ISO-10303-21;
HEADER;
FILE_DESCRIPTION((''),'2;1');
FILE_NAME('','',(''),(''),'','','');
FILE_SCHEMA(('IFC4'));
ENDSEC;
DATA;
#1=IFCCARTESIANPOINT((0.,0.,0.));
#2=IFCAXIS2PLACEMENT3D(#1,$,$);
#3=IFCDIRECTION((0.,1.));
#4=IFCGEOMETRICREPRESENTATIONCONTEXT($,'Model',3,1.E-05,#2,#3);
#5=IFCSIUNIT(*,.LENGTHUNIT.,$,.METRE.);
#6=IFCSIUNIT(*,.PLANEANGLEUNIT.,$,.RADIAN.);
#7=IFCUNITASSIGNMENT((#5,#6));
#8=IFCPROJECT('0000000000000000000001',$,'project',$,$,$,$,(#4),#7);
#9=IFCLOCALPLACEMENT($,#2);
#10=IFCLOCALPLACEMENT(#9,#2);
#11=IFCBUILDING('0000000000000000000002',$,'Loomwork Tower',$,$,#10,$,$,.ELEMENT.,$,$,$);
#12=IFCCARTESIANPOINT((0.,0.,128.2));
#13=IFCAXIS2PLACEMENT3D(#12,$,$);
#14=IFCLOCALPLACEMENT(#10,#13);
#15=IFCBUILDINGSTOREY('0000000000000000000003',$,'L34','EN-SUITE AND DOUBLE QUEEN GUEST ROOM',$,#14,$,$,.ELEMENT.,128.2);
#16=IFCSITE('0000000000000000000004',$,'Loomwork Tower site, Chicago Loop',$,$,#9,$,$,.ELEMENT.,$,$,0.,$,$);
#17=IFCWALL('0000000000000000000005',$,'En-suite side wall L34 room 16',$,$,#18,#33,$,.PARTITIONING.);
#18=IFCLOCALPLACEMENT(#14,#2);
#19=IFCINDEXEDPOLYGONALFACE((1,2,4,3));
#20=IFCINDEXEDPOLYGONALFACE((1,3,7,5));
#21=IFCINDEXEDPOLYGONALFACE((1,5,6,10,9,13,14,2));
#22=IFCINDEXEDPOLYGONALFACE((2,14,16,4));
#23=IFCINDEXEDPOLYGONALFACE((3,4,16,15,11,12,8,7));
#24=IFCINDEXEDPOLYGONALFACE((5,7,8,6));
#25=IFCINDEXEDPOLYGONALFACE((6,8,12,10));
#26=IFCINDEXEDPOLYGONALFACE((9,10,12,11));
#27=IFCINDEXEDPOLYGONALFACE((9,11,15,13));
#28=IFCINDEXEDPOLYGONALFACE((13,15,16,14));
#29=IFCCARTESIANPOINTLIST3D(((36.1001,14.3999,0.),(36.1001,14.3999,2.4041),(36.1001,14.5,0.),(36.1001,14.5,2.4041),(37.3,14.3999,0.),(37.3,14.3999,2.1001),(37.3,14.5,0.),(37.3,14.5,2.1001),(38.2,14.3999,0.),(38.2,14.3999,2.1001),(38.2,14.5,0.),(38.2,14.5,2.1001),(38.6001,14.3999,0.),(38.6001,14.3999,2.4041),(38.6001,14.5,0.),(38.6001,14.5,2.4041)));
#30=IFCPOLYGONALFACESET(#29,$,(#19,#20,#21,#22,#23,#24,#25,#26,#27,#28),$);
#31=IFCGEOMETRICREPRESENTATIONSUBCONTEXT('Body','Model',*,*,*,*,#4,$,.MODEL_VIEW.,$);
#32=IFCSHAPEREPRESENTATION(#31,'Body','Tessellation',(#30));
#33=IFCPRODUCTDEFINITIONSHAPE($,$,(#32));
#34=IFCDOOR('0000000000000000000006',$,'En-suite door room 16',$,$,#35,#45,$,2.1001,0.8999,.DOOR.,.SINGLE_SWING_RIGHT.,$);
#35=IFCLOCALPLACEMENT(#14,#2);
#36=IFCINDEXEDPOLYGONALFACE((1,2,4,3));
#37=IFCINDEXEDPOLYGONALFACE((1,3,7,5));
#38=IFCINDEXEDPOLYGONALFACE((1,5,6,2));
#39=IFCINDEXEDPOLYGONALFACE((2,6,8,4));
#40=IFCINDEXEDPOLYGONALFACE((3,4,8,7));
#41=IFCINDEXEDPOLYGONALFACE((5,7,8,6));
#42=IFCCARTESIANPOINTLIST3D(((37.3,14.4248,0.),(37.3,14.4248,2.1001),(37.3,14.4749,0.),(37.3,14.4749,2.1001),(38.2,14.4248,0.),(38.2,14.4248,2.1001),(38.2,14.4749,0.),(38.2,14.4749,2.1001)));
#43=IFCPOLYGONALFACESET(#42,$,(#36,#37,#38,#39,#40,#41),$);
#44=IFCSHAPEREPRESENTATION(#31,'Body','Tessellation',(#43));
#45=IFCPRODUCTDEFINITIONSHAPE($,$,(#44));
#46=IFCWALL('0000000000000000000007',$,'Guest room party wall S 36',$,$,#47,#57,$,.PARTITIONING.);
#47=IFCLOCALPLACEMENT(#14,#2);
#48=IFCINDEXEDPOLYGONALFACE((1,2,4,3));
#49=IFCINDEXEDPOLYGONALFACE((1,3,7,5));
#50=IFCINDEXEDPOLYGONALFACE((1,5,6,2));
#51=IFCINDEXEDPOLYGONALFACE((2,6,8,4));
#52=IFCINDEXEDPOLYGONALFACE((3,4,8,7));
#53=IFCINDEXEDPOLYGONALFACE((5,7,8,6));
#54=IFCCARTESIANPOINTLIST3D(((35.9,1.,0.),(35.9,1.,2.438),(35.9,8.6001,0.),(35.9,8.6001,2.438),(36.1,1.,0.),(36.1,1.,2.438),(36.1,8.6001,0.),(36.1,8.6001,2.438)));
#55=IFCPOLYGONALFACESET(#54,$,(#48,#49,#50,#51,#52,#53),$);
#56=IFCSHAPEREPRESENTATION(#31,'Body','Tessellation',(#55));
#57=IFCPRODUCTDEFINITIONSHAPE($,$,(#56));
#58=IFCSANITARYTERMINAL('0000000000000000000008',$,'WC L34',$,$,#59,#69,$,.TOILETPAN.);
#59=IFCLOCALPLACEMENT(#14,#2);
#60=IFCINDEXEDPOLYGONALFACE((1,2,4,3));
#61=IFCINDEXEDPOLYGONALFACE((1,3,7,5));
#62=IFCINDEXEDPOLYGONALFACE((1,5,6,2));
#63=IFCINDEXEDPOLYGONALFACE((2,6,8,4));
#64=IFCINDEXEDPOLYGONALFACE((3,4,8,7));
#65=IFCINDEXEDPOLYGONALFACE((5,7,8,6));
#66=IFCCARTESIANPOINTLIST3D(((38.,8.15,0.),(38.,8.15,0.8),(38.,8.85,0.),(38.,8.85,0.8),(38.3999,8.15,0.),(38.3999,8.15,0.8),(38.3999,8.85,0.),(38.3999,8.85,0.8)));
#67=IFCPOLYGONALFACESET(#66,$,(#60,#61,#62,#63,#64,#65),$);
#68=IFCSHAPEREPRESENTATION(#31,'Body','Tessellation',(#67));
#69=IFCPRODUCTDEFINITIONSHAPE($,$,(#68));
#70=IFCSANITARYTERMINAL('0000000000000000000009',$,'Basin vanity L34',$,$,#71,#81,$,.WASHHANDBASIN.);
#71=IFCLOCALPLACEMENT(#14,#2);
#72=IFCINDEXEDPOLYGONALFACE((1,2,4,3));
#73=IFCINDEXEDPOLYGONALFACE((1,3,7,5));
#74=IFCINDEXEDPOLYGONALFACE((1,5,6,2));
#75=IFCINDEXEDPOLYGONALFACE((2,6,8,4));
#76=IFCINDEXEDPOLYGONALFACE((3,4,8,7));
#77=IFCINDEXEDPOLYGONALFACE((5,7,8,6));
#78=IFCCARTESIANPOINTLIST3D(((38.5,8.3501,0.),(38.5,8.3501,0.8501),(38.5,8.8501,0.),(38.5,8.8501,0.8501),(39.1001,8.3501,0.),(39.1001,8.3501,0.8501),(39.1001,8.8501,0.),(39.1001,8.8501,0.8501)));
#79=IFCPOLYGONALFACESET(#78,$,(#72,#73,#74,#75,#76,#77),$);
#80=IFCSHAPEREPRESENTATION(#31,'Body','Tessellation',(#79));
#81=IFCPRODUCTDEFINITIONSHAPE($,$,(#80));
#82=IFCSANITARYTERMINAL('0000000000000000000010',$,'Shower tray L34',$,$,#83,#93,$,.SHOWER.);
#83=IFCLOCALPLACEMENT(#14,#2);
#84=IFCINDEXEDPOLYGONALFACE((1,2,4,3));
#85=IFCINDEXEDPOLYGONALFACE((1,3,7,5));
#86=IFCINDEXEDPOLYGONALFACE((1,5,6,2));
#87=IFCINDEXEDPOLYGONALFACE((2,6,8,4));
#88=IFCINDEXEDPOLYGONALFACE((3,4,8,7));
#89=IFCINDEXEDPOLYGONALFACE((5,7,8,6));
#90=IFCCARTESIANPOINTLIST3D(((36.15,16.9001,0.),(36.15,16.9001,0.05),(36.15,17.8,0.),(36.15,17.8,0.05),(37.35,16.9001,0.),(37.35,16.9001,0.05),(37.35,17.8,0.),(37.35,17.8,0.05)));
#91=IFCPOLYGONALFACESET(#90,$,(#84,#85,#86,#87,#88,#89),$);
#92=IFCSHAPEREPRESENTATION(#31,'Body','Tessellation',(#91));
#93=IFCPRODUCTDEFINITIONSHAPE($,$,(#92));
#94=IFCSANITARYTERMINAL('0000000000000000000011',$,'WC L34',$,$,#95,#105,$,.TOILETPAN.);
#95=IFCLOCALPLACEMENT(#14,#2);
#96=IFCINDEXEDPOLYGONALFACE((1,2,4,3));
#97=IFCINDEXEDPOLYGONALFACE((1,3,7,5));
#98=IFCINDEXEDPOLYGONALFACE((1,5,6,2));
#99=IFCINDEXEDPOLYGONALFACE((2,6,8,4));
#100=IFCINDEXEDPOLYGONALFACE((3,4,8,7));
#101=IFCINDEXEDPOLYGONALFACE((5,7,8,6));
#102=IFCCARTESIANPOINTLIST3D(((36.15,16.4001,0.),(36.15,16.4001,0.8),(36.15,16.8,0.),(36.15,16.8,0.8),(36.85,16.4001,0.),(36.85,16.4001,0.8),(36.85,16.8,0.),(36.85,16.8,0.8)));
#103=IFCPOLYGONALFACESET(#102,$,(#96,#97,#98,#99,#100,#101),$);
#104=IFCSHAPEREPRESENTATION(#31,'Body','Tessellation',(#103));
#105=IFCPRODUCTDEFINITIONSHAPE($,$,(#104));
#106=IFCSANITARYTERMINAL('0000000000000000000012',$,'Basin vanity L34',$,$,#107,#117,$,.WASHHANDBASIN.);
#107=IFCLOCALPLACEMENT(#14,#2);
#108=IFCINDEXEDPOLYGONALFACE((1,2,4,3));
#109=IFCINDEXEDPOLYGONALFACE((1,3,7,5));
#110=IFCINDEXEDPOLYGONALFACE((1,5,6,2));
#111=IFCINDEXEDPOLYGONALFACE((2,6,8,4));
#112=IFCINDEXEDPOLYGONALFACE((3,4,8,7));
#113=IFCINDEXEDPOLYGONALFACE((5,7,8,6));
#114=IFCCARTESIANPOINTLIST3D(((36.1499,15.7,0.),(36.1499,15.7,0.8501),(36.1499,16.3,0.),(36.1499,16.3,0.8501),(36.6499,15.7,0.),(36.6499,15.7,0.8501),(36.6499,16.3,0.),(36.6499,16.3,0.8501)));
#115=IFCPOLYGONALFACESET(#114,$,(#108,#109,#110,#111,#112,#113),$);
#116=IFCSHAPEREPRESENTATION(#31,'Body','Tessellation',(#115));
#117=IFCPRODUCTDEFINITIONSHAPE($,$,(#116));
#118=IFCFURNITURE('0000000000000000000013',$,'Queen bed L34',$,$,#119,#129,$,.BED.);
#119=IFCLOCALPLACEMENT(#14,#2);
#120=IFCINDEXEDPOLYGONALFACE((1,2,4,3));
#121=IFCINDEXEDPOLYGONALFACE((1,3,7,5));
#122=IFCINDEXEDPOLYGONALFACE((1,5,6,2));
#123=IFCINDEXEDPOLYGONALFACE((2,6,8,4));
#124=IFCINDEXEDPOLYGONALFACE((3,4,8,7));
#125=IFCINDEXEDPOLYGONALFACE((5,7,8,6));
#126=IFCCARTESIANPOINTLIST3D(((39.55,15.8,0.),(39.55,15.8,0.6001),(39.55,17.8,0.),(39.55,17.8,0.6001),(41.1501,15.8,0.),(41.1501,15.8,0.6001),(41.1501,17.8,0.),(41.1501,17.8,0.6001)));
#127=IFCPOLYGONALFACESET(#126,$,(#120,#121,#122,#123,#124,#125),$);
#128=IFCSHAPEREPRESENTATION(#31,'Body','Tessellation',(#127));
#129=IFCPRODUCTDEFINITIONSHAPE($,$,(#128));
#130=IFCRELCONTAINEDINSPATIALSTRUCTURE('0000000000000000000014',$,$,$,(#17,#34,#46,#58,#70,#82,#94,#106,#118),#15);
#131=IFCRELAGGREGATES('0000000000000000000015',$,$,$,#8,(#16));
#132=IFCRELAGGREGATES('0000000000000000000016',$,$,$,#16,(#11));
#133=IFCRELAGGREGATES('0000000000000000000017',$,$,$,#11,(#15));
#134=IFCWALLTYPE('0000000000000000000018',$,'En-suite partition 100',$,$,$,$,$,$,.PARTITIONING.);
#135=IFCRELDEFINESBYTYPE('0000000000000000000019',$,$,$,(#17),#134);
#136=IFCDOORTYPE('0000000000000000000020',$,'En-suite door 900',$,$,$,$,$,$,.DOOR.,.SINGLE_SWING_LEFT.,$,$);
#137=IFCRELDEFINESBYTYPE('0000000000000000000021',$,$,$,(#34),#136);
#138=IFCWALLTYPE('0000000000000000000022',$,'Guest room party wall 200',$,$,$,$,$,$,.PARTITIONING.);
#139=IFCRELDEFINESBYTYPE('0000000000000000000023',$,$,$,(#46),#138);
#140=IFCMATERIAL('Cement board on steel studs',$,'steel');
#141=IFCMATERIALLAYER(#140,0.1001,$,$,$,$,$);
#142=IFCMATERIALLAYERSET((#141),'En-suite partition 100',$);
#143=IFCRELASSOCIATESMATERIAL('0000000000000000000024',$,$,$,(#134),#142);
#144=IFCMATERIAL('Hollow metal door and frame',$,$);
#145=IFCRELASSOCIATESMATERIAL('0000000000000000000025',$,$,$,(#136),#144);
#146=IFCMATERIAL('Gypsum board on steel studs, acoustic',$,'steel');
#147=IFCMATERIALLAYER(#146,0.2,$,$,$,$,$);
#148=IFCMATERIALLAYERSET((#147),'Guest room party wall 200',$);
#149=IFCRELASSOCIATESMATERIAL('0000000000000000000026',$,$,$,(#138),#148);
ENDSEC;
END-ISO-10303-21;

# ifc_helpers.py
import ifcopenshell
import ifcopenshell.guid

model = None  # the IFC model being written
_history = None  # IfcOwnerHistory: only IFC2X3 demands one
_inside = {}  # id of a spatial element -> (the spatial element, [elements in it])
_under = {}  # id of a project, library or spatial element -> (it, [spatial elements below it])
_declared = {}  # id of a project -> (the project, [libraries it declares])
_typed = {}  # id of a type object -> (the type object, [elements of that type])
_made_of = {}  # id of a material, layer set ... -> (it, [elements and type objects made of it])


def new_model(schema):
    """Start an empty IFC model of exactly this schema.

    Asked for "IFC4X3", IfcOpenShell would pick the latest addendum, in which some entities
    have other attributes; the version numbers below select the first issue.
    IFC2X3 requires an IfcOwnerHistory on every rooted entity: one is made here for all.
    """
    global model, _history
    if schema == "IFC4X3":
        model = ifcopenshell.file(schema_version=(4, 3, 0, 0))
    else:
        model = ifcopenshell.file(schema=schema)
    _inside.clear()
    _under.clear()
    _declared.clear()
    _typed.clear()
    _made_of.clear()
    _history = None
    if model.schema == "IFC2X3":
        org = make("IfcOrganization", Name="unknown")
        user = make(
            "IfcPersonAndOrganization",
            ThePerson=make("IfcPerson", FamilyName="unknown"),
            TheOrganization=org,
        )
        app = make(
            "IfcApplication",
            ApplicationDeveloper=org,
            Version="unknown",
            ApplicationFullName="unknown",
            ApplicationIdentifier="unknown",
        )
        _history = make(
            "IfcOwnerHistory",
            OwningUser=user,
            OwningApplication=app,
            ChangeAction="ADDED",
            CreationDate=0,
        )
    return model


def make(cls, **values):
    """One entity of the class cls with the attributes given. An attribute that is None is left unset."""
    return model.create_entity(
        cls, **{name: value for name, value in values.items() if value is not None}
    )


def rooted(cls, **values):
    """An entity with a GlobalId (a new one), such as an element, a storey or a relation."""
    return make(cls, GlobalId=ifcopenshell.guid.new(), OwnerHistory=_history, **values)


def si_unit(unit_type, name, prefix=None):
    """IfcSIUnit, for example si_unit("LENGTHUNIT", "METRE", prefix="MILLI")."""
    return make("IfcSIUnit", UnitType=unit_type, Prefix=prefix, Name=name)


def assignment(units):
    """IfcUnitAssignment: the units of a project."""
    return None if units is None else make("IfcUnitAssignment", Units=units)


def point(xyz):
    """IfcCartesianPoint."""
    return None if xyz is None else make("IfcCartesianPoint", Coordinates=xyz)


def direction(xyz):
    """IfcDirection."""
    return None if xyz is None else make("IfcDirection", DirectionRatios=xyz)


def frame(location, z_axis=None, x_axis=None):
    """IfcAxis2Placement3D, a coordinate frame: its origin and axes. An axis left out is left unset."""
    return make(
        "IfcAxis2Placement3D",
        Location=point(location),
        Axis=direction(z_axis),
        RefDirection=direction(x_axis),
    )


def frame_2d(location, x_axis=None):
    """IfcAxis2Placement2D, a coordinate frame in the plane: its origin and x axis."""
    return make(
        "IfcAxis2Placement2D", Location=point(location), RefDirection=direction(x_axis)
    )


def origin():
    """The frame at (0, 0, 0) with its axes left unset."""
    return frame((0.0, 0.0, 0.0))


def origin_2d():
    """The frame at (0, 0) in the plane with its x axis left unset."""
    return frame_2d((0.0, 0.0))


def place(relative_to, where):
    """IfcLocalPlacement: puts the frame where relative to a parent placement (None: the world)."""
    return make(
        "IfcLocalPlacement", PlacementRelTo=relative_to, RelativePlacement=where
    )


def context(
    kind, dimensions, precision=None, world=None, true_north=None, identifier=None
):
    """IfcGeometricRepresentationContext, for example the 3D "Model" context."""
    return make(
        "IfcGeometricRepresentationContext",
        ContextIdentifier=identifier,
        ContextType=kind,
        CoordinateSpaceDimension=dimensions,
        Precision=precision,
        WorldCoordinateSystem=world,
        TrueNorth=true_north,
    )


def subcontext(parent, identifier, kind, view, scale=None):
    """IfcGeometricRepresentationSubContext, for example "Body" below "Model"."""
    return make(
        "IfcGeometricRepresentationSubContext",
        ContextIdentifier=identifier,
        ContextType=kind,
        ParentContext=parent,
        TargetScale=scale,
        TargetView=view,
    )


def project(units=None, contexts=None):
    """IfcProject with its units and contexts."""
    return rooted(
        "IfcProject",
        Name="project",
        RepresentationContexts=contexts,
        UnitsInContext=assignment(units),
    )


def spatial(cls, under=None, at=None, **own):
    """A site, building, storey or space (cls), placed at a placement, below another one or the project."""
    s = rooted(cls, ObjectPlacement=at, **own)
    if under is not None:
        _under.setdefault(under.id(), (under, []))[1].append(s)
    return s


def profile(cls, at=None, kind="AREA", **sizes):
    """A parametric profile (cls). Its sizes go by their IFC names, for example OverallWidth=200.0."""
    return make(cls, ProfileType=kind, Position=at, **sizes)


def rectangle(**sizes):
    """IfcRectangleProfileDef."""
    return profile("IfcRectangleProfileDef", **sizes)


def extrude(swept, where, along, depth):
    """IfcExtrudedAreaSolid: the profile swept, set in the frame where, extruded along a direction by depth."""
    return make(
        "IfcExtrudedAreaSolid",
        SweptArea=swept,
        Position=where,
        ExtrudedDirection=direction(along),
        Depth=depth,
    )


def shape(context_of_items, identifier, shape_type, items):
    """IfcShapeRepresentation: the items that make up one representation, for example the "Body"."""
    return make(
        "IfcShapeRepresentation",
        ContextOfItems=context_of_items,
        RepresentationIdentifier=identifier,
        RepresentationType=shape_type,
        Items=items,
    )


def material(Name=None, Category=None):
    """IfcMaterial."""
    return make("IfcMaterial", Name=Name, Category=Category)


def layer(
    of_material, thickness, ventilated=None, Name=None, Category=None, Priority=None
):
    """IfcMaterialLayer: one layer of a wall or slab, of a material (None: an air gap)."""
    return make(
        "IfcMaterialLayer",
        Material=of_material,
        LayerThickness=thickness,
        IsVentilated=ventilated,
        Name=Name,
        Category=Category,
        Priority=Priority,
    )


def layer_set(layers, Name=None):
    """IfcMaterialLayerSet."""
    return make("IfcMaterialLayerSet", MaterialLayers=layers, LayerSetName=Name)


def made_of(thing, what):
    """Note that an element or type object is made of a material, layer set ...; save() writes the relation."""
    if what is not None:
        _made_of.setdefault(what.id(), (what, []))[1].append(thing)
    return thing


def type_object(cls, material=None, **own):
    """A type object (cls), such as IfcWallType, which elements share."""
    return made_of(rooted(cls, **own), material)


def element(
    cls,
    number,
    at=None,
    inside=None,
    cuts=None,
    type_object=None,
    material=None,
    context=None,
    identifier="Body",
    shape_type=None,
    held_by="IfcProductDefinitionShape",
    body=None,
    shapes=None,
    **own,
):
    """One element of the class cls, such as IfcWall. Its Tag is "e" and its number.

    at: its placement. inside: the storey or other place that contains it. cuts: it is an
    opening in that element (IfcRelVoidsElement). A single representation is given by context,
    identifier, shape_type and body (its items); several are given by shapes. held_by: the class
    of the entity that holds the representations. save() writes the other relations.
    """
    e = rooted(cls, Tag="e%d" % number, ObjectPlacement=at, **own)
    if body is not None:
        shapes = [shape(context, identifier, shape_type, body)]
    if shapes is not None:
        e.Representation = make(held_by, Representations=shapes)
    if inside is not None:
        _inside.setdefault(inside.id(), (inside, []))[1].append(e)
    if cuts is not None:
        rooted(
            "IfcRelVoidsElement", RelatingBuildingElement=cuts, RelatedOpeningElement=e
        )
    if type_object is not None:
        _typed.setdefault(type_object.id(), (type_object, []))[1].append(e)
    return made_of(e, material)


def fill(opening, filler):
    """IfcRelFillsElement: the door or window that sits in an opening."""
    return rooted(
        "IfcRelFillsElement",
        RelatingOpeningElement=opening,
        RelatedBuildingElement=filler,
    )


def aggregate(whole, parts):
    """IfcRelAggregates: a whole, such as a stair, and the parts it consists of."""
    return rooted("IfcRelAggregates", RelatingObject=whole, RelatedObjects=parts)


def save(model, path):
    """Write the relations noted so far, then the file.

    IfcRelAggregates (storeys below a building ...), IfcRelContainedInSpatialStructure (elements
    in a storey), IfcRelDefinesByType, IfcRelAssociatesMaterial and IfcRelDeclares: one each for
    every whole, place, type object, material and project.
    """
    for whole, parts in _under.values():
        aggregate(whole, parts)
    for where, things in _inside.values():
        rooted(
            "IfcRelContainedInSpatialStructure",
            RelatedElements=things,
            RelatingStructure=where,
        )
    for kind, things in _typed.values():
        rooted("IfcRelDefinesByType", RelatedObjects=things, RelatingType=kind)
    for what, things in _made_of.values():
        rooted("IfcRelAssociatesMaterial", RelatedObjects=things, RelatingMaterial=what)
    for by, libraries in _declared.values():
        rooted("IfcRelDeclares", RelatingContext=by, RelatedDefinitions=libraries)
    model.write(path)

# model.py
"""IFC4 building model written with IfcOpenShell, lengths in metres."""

from ifc_helpers import new_model, si_unit, direction, frame, frame_2d, origin, origin_2d, place, context, subcontext, project, spatial, rectangle, extrude, material, layer, layer_set, type_object, element, fill, save


model = new_model("IFC4")

# Units and contexts
model_context = context("Model", 3, precision=1e-05, world=origin(), true_north=direction((0.0, 1.0)))
body_context = subcontext(model_context, "Body", "Model", "MODEL_VIEW")
ifc_project = project(units=[si_unit("LENGTHUNIT", "METRE"), si_unit("PLANEANGLEUNIT", "RADIAN")], contexts=[model_context])

# Site, building, storey
site_placement = place(None, origin())
site = spatial("IfcSite", under=ifc_project, at=site_placement, Name="Loomwork Tower site, Chicago Loop", CompositionType="ELEMENT", RefElevation=0.0)
building_placement = place(site_placement, origin())
building = spatial("IfcBuilding", under=site, at=building_placement, Name="Loomwork Tower", CompositionType="ELEMENT")
storey_placement = place(building_placement, frame((0.0, 0.0, 128.2)))
storey = spatial("IfcBuildingStorey", under=building, at=storey_placement, Name="L34", Description="EN-SUITE AND DOUBLE QUEEN GUEST ROOM", CompositionType="ELEMENT", Elevation=128.2)

# Shared definitions
ifc_material_1 = material(Name="Cement board on steel studs", Category="steel")
ifc_layer_1 = layer(ifc_material_1, 0.1001)
ifc_layer_set_1 = layer_set([ifc_layer_1], Name="En-suite partition 100")
wall_type_1 = type_object("IfcWallType", Name="En-suite partition 100", PredefinedType="PARTITIONING", material=ifc_layer_set_1)
ifc_material_2 = material(Name="Hollow metal door and frame")
door_type_1 = type_object("IfcDoorType", Name="En-suite door 900", OperationType="SINGLE_SWING_LEFT", PredefinedType="DOOR", material=ifc_material_2)

# Wall, opening, door
wall_1_placement = place(storey_placement, frame((36.1001, 14.45, 0.0), z_axis=(0.0, 0.0, 1.0), x_axis=(1.0, 0.0, 0.0)))
wall_1 = element("IfcWall", 1, at=wall_1_placement, inside=storey, type_object=wall_type_1, Name="En-suite side wall L34 room 16", PredefinedType="PARTITIONING", context=body_context, shape_type="SweptSolid", body=[
    extrude(rectangle(XDim=2.5, YDim=0.1001, at=frame_2d((1.25, 0.0))), origin(), (0.0, 0.0, 1.0), 2.4041),
])
opening_1_placement = place(wall_1_placement, frame((1.2, 0.0, 0.0)))
opening_1 = element("IfcOpeningElement", 2, at=opening_1_placement, cuts=wall_1, PredefinedType="OPENING", context=body_context, shape_type="SweptSolid", body=[
    extrude(rectangle(XDim=0.8999, YDim=2.1001, at=frame_2d((0.45, 1.05))), frame((0.0, 0.0601, 0.0), z_axis=(0.0, -1.0, 0.0), x_axis=(1.0, 0.0, 0.0)), (0.0, 0.0, 1.0), 0.1201),
])
door_1_placement = place(opening_1_placement, origin())
door_1 = element("IfcDoor", 3, at=door_1_placement, inside=storey, type_object=door_type_1, Name="En-suite door room 16", OperationType="SINGLE_SWING_RIGHT", OverallHeight=2.1001, OverallWidth=0.8999, PredefinedType="DOOR", context=body_context, shape_type="SweptSolid", body=[
    extrude(rectangle(XDim=0.8999, YDim=2.1001, at=frame_2d((0.45, 1.05))), frame((0.0, 0.0249, 0.0), z_axis=(0.0, -1.0, 0.0), x_axis=(1.0, 0.0, 0.0)), (0.0, 0.0, 1.0), 0.05),
])
fill(opening_1, door_1)

# Wall
ifc_material_3 = material(Name="Gypsum board on steel studs, acoustic", Category="steel")
ifc_layer_2 = layer(ifc_material_3, 0.2)
ifc_layer_set_2 = layer_set([ifc_layer_2], Name="Guest room party wall 200")
wall_type_2 = type_object("IfcWallType", Name="Guest room party wall 200", PredefinedType="PARTITIONING", material=ifc_layer_set_2)
wall_2_placement = place(storey_placement, frame((36.0, 8.6001, 0.0), z_axis=(0.0, 0.0, 1.0), x_axis=(0.0, -1.0, 0.0)))
element("IfcWall", 4, at=wall_2_placement, inside=storey, type_object=wall_type_2, Name="Guest room party wall S 36", PredefinedType="PARTITIONING", context=body_context, shape_type="SweptSolid", body=[
    extrude(rectangle(XDim=7.6001, YDim=0.2, at=frame_2d((3.8, 0.0))), origin(), (0.0, 0.0, 1.0), 2.438),
])

# Sanitary terminals
sanitary_terminal_1_placement = place(storey_placement, frame((38.2, 8.5, 0.0), z_axis=(0.0, 0.0, 1.0), x_axis=(1.0, 0.0, 0.0)))
element("IfcSanitaryTerminal", 5, at=sanitary_terminal_1_placement, inside=storey, Name="WC L34", PredefinedType="TOILETPAN", context=body_context, shape_type="SweptSolid", body=[
    extrude(rectangle(XDim=0.3999, YDim=0.7, at=origin_2d()), origin(), (0.0, 0.0, 1.0), 0.8),
])
sanitary_terminal_2_placement = place(storey_placement, frame((38.8, 8.6001, 0.0), z_axis=(0.0, 0.0, 1.0), x_axis=(1.0, 0.0, 0.0)))
element("IfcSanitaryTerminal", 6, at=sanitary_terminal_2_placement, inside=storey, Name="Basin vanity L34", PredefinedType="WASHHANDBASIN", context=body_context, shape_type="SweptSolid", body=[
    extrude(rectangle(XDim=0.6001, YDim=0.5, at=origin_2d()), origin(), (0.0, 0.0, 1.0), 0.8501),
])
sanitary_terminal_3_placement = place(storey_placement, frame((36.75, 17.3501, 0.0), z_axis=(0.0, 0.0, 1.0), x_axis=(1.0, 0.0, 0.0)))
element("IfcSanitaryTerminal", 7, at=sanitary_terminal_3_placement, inside=storey, Name="Shower tray L34", PredefinedType="SHOWER", context=body_context, shape_type="SweptSolid", body=[
    extrude(rectangle(XDim=1.2, YDim=0.8999, at=origin_2d()), origin(), (0.0, 0.0, 1.0), 0.05),
])
sanitary_terminal_4_placement = place(storey_placement, frame((36.5, 16.6001, 0.0), z_axis=(0.0, 0.0, 1.0), x_axis=(1.0, 0.0, 0.0)))
element("IfcSanitaryTerminal", 8, at=sanitary_terminal_4_placement, inside=storey, Name="WC L34", PredefinedType="TOILETPAN", context=body_context, shape_type="SweptSolid", body=[
    extrude(rectangle(XDim=0.7, YDim=0.3999, at=origin_2d()), origin(), (0.0, 0.0, 1.0), 0.8),
])
sanitary_terminal_5_placement = place(storey_placement, frame((36.3999, 16.0, 0.0), z_axis=(0.0, 0.0, 1.0), x_axis=(1.0, 0.0, 0.0)))
element("IfcSanitaryTerminal", 9, at=sanitary_terminal_5_placement, inside=storey, Name="Basin vanity L34", PredefinedType="WASHHANDBASIN", context=body_context, shape_type="SweptSolid", body=[
    extrude(rectangle(XDim=0.5, YDim=0.6001, at=origin_2d()), origin(), (0.0, 0.0, 1.0), 0.8501),
])

# Furniture
furniture_placement = place(storey_placement, frame((40.3501, 16.8, 0.0), z_axis=(0.0, 0.0, 1.0), x_axis=(1.0, 0.0, 0.0)))
element("IfcFurniture", 10, at=furniture_placement, inside=storey, Name="Queen bed L34", PredefinedType="BED", context=body_context, shape_type="SweptSolid", body=[
    extrude(rectangle(XDim=1.6001, YDim=2.0, at=origin_2d()), origin(), (0.0, 0.0, 1.0), 0.6001),
])

save(model, "model.ifc")
